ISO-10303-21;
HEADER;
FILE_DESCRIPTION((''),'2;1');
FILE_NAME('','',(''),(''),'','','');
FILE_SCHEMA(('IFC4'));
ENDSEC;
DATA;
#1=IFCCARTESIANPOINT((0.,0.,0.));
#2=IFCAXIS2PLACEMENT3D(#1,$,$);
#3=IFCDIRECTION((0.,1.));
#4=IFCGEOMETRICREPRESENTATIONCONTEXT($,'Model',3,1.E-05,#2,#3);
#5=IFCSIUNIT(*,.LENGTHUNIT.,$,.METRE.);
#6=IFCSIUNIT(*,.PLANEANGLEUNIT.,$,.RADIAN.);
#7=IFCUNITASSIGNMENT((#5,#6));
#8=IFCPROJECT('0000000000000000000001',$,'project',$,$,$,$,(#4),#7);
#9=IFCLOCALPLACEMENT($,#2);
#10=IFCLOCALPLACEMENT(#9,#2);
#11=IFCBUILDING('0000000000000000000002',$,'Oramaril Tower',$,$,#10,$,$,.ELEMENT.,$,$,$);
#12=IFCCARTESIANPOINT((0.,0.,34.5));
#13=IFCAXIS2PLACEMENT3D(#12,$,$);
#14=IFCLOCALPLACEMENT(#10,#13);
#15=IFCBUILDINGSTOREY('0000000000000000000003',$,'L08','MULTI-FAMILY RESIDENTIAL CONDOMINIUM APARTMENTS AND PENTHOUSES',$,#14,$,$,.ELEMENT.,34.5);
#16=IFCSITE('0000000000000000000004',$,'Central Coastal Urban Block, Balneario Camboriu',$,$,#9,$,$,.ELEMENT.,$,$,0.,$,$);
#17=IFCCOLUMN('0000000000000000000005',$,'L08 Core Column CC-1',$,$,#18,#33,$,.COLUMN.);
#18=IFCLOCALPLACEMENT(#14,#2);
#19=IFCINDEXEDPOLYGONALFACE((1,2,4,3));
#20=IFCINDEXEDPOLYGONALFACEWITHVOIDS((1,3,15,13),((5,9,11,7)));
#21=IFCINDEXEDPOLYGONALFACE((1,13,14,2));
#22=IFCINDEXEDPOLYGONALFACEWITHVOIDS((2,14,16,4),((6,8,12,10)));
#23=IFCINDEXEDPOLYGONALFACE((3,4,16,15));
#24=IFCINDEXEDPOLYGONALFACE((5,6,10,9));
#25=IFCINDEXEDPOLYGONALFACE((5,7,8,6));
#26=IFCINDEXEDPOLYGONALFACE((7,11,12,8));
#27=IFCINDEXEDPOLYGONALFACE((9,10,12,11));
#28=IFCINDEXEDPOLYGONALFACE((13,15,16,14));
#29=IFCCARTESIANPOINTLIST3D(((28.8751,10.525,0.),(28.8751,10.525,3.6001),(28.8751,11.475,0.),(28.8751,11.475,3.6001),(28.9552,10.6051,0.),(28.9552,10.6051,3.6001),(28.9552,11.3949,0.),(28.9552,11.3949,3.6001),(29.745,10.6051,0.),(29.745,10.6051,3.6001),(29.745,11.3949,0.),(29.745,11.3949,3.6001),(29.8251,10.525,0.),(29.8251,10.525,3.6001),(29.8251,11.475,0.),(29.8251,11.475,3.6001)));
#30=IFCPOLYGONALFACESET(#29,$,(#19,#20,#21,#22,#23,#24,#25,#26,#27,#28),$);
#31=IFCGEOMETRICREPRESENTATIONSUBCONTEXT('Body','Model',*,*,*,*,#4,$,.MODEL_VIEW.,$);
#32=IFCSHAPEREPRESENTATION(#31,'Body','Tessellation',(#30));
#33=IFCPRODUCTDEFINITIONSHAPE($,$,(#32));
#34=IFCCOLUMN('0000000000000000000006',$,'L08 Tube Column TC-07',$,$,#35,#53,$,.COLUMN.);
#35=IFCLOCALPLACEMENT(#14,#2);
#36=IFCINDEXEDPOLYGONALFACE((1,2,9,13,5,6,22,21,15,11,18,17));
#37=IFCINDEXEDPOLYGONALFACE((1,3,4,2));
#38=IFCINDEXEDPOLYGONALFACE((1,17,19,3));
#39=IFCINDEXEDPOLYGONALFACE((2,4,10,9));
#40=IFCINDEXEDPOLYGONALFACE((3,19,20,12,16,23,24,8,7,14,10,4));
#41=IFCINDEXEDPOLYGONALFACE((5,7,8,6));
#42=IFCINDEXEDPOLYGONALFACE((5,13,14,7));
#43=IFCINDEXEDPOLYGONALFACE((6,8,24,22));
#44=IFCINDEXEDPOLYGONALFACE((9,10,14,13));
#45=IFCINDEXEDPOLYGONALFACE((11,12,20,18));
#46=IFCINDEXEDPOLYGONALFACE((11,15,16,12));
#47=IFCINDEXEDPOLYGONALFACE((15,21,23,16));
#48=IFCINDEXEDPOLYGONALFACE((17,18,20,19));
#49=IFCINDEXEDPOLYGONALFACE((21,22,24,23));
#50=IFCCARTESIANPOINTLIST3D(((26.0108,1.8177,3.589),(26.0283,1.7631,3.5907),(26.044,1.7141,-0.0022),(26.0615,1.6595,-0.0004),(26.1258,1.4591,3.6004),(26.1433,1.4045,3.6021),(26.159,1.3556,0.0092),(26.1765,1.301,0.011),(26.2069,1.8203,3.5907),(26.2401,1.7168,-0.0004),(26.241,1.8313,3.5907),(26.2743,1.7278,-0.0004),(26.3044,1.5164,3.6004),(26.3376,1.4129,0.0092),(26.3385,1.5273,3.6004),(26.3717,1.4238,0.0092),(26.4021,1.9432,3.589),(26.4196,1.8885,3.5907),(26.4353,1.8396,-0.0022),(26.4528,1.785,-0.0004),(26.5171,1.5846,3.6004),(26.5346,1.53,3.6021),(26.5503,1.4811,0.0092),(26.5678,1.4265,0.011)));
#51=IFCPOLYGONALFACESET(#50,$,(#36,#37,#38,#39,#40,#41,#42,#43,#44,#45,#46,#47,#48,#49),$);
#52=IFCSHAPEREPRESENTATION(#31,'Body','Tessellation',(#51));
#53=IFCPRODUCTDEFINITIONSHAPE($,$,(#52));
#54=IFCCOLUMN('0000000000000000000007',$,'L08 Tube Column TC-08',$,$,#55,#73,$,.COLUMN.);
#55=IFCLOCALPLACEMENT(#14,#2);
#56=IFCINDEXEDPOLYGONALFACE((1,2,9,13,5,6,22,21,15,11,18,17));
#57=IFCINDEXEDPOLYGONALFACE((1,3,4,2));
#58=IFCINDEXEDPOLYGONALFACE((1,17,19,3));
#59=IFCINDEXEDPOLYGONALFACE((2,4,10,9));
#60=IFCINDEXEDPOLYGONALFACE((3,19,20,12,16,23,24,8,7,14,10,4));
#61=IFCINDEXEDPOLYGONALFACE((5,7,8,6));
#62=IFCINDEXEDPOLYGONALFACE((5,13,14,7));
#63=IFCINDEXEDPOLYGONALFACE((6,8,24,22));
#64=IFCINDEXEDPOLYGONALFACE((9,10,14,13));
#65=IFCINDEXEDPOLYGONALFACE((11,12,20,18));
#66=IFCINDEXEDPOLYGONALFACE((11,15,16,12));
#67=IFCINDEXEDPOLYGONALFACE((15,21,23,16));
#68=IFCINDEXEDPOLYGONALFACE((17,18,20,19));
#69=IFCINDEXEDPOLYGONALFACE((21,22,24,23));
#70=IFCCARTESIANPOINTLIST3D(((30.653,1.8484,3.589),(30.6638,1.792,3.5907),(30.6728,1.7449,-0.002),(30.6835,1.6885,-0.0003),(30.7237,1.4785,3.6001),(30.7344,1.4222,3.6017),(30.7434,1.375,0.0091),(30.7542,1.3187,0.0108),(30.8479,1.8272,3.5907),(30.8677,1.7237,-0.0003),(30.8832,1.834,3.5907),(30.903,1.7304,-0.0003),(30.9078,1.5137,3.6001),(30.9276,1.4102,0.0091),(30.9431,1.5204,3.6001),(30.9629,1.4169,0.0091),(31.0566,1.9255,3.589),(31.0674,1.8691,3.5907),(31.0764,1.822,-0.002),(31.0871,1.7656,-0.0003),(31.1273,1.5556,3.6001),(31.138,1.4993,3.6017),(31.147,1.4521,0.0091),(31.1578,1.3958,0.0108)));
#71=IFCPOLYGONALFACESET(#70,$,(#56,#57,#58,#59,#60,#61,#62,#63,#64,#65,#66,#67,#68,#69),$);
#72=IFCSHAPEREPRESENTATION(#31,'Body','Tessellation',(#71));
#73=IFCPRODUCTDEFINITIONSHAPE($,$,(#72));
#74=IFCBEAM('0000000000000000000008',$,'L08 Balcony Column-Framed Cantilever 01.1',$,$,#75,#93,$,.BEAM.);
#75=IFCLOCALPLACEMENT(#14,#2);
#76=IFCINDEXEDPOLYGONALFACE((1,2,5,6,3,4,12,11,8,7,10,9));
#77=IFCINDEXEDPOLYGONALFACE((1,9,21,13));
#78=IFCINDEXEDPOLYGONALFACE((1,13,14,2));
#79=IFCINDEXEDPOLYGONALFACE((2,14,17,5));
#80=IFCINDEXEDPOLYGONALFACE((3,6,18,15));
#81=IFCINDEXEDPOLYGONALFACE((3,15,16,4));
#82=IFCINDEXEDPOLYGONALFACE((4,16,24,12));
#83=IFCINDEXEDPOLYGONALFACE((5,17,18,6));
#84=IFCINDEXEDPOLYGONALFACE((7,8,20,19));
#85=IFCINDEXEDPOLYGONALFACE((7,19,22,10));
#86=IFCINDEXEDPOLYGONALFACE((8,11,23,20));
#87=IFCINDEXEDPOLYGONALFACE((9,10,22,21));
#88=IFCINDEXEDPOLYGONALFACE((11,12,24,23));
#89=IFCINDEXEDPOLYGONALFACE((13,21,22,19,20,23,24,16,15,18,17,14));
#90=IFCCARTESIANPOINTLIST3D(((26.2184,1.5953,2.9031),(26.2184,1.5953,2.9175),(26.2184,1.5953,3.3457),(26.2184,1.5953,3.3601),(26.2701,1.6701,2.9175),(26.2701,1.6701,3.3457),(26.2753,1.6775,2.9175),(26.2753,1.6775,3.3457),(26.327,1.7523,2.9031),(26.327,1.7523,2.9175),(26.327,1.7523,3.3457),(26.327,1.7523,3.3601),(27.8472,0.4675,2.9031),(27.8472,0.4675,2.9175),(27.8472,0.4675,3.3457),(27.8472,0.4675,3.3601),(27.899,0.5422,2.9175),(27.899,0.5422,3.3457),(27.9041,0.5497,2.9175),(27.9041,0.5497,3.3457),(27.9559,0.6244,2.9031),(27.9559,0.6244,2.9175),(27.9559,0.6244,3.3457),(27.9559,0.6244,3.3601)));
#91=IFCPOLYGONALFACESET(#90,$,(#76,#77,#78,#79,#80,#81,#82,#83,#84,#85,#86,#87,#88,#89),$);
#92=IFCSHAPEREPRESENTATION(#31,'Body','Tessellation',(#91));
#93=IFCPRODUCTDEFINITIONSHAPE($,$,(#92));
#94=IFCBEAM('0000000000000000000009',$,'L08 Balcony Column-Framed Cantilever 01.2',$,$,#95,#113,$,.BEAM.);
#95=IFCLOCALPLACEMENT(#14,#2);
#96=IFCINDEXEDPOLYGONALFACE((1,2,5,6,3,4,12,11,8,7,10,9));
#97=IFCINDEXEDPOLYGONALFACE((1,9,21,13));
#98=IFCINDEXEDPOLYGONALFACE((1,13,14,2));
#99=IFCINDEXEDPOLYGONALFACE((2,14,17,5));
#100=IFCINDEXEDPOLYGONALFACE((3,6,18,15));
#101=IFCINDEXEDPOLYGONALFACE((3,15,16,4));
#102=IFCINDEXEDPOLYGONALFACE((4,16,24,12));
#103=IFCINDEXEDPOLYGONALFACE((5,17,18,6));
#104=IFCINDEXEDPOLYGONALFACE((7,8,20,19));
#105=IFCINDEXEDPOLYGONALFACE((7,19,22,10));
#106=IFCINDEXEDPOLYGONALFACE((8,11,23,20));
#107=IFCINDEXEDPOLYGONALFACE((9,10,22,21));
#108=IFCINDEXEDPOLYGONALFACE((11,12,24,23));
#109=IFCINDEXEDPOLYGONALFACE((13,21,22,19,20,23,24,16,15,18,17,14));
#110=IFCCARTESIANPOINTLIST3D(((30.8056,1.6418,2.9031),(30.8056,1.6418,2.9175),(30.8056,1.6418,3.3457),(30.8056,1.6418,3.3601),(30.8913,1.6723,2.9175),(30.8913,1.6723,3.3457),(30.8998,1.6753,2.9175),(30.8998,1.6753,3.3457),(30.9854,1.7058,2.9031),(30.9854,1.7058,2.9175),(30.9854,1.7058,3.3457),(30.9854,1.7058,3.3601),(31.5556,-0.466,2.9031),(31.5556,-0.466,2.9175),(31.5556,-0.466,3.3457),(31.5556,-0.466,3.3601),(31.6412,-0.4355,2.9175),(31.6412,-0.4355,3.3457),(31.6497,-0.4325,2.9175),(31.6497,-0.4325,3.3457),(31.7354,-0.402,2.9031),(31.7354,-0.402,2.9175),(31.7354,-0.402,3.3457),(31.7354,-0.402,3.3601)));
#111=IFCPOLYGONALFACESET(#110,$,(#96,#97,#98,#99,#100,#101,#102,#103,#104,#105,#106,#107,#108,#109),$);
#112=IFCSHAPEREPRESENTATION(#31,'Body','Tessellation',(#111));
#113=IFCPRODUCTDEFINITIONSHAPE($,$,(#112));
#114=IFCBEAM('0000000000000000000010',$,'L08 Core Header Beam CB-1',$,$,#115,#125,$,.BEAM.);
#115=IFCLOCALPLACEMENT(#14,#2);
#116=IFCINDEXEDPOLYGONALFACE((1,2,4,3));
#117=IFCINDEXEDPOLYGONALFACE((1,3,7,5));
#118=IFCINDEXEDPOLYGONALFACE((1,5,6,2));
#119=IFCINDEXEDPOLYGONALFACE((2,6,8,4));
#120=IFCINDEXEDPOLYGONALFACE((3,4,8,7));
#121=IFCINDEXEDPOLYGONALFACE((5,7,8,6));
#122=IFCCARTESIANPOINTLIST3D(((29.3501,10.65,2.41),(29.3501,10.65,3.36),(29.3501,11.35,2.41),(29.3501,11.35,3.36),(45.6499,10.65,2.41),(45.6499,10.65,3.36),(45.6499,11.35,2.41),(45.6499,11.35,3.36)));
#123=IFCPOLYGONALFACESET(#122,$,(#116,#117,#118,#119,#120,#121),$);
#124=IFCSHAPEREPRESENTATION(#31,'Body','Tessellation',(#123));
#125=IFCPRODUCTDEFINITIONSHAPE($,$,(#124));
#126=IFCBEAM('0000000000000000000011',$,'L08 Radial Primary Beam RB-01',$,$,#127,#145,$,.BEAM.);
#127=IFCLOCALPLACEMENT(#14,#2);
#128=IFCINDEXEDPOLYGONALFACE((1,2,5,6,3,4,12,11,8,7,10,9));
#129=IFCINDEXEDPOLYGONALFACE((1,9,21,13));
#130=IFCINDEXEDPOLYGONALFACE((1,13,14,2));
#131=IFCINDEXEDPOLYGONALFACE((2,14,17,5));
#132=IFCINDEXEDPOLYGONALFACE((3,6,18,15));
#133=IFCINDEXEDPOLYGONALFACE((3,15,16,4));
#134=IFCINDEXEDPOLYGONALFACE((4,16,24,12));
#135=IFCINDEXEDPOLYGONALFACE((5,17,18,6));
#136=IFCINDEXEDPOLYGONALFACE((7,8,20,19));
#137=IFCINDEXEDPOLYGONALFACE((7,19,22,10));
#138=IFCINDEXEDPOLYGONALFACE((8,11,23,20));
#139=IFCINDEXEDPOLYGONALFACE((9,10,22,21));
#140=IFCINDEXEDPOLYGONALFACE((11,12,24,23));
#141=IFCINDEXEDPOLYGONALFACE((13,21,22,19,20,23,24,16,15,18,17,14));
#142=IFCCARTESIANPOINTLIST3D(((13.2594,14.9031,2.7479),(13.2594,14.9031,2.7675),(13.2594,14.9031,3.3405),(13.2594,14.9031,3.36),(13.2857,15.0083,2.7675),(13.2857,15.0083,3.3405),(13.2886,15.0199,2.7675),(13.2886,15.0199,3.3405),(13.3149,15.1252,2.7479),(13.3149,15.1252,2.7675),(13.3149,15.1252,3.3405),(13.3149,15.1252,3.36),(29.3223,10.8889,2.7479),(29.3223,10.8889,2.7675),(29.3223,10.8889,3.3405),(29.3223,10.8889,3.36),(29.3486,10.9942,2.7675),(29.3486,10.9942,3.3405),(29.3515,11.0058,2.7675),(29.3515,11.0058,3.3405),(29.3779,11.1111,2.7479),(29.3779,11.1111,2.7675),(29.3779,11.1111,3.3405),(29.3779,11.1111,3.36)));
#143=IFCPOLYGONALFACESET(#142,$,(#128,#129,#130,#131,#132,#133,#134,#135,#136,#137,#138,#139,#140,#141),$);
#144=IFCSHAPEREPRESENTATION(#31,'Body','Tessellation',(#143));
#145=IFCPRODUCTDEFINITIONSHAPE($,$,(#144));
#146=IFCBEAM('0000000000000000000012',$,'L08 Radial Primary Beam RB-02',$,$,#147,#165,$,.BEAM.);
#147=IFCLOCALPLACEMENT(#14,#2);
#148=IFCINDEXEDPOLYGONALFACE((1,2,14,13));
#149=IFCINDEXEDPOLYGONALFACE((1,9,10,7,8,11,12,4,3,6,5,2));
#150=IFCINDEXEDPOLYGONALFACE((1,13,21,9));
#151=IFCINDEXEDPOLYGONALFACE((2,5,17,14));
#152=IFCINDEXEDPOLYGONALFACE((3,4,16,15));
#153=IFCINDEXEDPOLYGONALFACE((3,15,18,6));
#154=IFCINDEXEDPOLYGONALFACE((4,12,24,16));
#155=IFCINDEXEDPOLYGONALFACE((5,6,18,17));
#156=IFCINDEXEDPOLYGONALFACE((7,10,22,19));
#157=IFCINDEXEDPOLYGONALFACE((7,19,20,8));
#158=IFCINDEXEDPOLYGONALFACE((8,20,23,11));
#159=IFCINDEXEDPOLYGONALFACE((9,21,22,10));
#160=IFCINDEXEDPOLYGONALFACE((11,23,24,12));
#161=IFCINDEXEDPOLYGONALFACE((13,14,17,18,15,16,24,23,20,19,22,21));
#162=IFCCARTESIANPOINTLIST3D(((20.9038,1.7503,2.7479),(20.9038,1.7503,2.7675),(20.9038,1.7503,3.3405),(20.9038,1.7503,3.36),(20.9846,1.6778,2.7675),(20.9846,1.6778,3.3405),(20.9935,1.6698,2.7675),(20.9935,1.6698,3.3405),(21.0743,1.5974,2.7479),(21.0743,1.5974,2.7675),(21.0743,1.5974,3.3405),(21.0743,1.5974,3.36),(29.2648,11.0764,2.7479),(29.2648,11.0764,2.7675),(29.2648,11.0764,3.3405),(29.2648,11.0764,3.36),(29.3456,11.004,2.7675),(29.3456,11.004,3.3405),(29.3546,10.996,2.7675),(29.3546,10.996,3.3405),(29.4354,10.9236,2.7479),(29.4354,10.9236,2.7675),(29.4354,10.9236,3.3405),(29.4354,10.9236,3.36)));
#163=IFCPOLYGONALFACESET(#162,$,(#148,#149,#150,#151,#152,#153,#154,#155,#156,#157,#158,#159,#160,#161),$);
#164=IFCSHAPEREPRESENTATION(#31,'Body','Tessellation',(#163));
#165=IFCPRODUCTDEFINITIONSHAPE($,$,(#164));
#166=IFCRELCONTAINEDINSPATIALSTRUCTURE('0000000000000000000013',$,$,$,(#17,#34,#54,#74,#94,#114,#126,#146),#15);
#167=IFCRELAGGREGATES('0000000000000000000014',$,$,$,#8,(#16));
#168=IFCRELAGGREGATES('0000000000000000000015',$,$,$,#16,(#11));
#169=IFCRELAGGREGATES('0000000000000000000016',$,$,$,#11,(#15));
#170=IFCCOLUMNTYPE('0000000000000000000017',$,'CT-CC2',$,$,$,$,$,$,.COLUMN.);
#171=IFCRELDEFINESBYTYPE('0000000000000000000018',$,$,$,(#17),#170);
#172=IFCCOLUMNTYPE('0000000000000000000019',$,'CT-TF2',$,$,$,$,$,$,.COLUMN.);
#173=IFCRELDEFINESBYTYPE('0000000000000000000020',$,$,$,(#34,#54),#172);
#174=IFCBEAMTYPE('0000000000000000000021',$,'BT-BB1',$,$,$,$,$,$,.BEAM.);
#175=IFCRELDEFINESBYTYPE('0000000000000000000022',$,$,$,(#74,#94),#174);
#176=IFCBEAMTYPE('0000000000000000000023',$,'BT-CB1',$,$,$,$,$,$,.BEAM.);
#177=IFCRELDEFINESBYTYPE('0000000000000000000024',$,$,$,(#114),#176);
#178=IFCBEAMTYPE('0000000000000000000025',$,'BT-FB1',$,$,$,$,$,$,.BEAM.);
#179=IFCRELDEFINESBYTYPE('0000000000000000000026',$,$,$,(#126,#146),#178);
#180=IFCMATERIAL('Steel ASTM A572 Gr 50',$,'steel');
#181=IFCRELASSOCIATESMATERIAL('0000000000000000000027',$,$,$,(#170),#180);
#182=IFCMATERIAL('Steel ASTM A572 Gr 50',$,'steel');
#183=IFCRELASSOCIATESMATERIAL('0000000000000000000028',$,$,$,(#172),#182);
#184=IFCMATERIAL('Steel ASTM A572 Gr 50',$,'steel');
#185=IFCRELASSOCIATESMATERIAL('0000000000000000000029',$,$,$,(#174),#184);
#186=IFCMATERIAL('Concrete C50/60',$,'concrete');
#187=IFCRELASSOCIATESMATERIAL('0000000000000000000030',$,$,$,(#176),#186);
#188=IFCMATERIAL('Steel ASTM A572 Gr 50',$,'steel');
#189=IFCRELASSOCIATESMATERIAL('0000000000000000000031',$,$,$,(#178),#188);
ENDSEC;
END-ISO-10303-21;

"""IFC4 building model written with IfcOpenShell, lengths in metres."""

from ifc_helpers import new_model, si_unit, direction, frame, origin, origin_2d, place, context, subcontext, project, spatial, rectangle, hollow_rectangle, i_section, extrude, material, material_profile, profile_set, type_object, element, save


model = new_model("IFC4")

# Units and contexts
model_context = context("Model", 3, precision=1e-05, world=origin(), true_north=direction((0.0, 1.0)))
body_context = subcontext(model_context, "Body", "Model", "MODEL_VIEW")
ifc_project = project(units=[si_unit("LENGTHUNIT", "METRE"), si_unit("PLANEANGLEUNIT", "RADIAN")], contexts=[model_context])

# Site, building, storey
site_placement = place(None, origin())
site = spatial("IfcSite", under=ifc_project, at=site_placement, Name="Central Coastal Urban Block, Balneario Camboriu", CompositionType="ELEMENT", RefElevation=0.0)
building_placement = place(site_placement, origin())
building = spatial("IfcBuilding", under=site, at=building_placement, Name="Oramaril Tower", CompositionType="ELEMENT")
storey_placement = place(building_placement, frame((0.0, 0.0, 34.5)))
storey = spatial("IfcBuildingStorey", under=building, at=storey_placement, Name="L08", Description="MULTI-FAMILY RESIDENTIAL CONDOMINIUM APARTMENTS AND PENTHOUSES", CompositionType="ELEMENT", Elevation=34.5)

# Columns
ifc_material_1 = material(Name="Steel ASTM A572 Gr 50", Category="steel")
ifc_material_profile_1 = material_profile(ifc_material_1, hollow_rectangle(XDim=0.95, YDim=0.95, WallThickness=0.0801, at=origin_2d()), Name="BOX950X950X80")
ifc_profile_set_1 = profile_set([ifc_material_profile_1], Name="Steel ASTM A572 Gr 50")
column_type_1 = type_object("IfcColumnType", Name="CT-CC2", PredefinedType="COLUMN", material=ifc_profile_set_1)
column_1_placement = place(storey_placement, frame((29.3501, 11.0, 0.0), z_axis=(0.0, 0.0, 1.0), x_axis=(1.0, 0.0, 0.0)))
element("IfcColumn", 1, at=column_1_placement, inside=storey, type_object=column_type_1, Name="L08 Core Column CC-1", PredefinedType="COLUMN", context=body_context, shape_type="SweptSolid", body=[
    extrude(hollow_rectangle(XDim=0.95, YDim=0.95, WallThickness=0.0801, at=origin_2d()), origin(), (0.0, 0.0, 1.0), 3.6001),
])
ifc_material_2 = material(Name="Steel ASTM A572 Gr 50", Category="steel")
ifc_material_profile_2 = material_profile(ifc_material_2, i_section(OverallWidth=0.4109, OverallDepth=0.4341, WebThickness=0.0359, FlangeThickness=0.0574, at=origin_2d()), Name="W14X311")
ifc_profile_set_2 = profile_set([ifc_material_profile_2], Name="Steel ASTM A572 Gr 50")
column_type_2 = type_object("IfcColumnType", Name="CT-TF2", PredefinedType="COLUMN", material=ifc_profile_set_2)
column_2_placement = place(storey_placement, frame((26.3059, 1.5703, 0.0044), z_axis=(-0.009242, 0.028813, 0.999542), x_axis=(-0.952215, -0.305428, 0.0)))
element("IfcColumn", 2, at=column_2_placement, inside=storey, type_object=column_type_2, Name="L08 Tube Column TC-07", PredefinedType="COLUMN", context=body_context, shape_type="SweptSolid", body=[
    extrude(i_section(OverallWidth=0.4109, OverallDepth=0.4341, WebThickness=0.0359, FlangeThickness=0.0574, at=origin_2d()), origin(), (0.0, 0.0, 1.0), 3.5928),
])
column_3_placement = place(storey_placement, frame((30.9153, 1.5703, 0.0044), z_axis=(-0.005504, 0.028813, 0.99957), x_axis=(-0.982237, -0.187644, 0.0)))
element("IfcColumn", 3, at=column_3_placement, inside=storey, type_object=column_type_2, Name="L08 Tube Column TC-08", PredefinedType="COLUMN", context=body_context, shape_type="SweptSolid", body=[
    extrude(i_section(OverallWidth=0.4109, OverallDepth=0.4341, WebThickness=0.0359, FlangeThickness=0.0574, at=origin_2d()), origin(), (0.0, 0.0, 1.0), 3.5925),
])

# Beams
ifc_material_3 = material(Name="Steel ASTM A572 Gr 50", Category="steel")
ifc_material_profile_3 = material_profile(ifc_material_3, i_section(OverallWidth=0.1909, OverallDepth=0.457, WebThickness=0.009, FlangeThickness=0.0144, at=origin_2d()), Name="W18X50")
ifc_profile_set_3 = profile_set([ifc_material_profile_3], Name="Steel ASTM A572 Gr 50")
beam_type_1 = type_object("IfcBeamType", Name="BT-BB1", PredefinedType="BEAM", material=ifc_profile_set_3)
beam_1_placement = place(storey_placement, frame((26.2727, 1.6738, 3.1316), z_axis=(0.822139, -0.569287, 0.0), x_axis=(0.569287, 0.822139, 0.0)))
element("IfcBeam", 4, at=beam_1_placement, inside=storey, type_object=beam_type_1, Name="L08 Balcony Column-Framed Cantilever 01.1", PredefinedType="BEAM", context=body_context, shape_type="SweptSolid", body=[
    extrude(i_section(OverallWidth=0.1909, OverallDepth=0.457, WebThickness=0.009, FlangeThickness=0.0144, at=origin_2d()), origin(), (0.0, 0.0, 1.0), 1.9812),
])
beam_2_placement = place(storey_placement, frame((30.8955, 1.6738, 3.1316), z_axis=(0.335216, -0.942141, 0.0), x_axis=(0.942141, 0.335216, 0.0)))
element("IfcBeam", 5, at=beam_2_placement, inside=storey, type_object=beam_type_1, Name="L08 Balcony Column-Framed Cantilever 01.2", PredefinedType="BEAM", context=body_context, shape_type="SweptSolid", body=[
    extrude(i_section(OverallWidth=0.1909, OverallDepth=0.457, WebThickness=0.009, FlangeThickness=0.0144, at=origin_2d()), origin(), (0.0, 0.0, 1.0), 2.2373),
])
ifc_material_4 = material(Name="Concrete C50/60", Category="concrete")
ifc_material_profile_4 = material_profile(ifc_material_4, rectangle(XDim=0.7, YDim=0.95, at=origin_2d()), Name="CB700X950")
ifc_profile_set_4 = profile_set([ifc_material_profile_4], Name="Concrete C50/60")
beam_type_2 = type_object("IfcBeamType", Name="BT-CB1", PredefinedType="BEAM", material=ifc_profile_set_4)
beam_3_placement = place(storey_placement, frame((29.3501, 11.0, 2.885), z_axis=(1.0, 0.0, 0.0), x_axis=(0.0, 1.0, 0.0)))
element("IfcBeam", 6, at=beam_3_placement, inside=storey, type_object=beam_type_2, Name="L08 Core Header Beam CB-1", PredefinedType="BEAM", context=body_context, shape_type="SweptSolid", body=[
    extrude(rectangle(XDim=0.7, YDim=0.95, at=origin_2d()), origin(), (0.0, 0.0, 1.0), 16.2998),
])
ifc_material_5 = material(Name="Steel ASTM A572 Gr 50", Category="steel")
ifc_material_profile_5 = material_profile(ifc_material_5, i_section(OverallWidth=0.229, OverallDepth=0.6121, WebThickness=0.012, FlangeThickness=0.0195, at=origin_2d()), Name="W24X84")
ifc_profile_set_5 = profile_set([ifc_material_profile_5], Name="Steel ASTM A572 Gr 50")
beam_type_3 = type_object("IfcBeamType", Name="BT-FB1", PredefinedType="BEAM", material=ifc_profile_set_5)
beam_4_placement = place(storey_placement, frame((29.3501, 11.0, 3.054), z_axis=(-0.970165, 0.242445, 0.0), x_axis=(-0.242445, -0.970165, 0.0)))
element("IfcBeam", 7, at=beam_4_placement, inside=storey, type_object=beam_type_3, Name="L08 Radial Primary Beam RB-01", PredefinedType="BEAM", context=body_context, shape_type="SweptSolid", body=[
    extrude(i_section(OverallWidth=0.229, OverallDepth=0.6121, WebThickness=0.012, FlangeThickness=0.0195, at=origin_2d()), origin(), (0.0, 0.0, 1.0), 16.5569),
])
beam_5_placement = place(storey_placement, frame((29.3501, 11.0, 3.054), z_axis=(-0.667531, -0.744582, 0.0), x_axis=(0.744582, -0.667531, 0.0)))
element("IfcBeam", 8, at=beam_5_placement, inside=storey, type_object=beam_type_3, Name="L08 Radial Primary Beam RB-02", PredefinedType="BEAM", context=body_context, shape_type="SweptSolid", body=[
    extrude(i_section(OverallWidth=0.229, OverallDepth=0.6121, WebThickness=0.012, FlangeThickness=0.0195, at=origin_2d()), origin(), (0.0, 0.0, 1.0), 12.5254),
])

save(model, "model.ifc")
